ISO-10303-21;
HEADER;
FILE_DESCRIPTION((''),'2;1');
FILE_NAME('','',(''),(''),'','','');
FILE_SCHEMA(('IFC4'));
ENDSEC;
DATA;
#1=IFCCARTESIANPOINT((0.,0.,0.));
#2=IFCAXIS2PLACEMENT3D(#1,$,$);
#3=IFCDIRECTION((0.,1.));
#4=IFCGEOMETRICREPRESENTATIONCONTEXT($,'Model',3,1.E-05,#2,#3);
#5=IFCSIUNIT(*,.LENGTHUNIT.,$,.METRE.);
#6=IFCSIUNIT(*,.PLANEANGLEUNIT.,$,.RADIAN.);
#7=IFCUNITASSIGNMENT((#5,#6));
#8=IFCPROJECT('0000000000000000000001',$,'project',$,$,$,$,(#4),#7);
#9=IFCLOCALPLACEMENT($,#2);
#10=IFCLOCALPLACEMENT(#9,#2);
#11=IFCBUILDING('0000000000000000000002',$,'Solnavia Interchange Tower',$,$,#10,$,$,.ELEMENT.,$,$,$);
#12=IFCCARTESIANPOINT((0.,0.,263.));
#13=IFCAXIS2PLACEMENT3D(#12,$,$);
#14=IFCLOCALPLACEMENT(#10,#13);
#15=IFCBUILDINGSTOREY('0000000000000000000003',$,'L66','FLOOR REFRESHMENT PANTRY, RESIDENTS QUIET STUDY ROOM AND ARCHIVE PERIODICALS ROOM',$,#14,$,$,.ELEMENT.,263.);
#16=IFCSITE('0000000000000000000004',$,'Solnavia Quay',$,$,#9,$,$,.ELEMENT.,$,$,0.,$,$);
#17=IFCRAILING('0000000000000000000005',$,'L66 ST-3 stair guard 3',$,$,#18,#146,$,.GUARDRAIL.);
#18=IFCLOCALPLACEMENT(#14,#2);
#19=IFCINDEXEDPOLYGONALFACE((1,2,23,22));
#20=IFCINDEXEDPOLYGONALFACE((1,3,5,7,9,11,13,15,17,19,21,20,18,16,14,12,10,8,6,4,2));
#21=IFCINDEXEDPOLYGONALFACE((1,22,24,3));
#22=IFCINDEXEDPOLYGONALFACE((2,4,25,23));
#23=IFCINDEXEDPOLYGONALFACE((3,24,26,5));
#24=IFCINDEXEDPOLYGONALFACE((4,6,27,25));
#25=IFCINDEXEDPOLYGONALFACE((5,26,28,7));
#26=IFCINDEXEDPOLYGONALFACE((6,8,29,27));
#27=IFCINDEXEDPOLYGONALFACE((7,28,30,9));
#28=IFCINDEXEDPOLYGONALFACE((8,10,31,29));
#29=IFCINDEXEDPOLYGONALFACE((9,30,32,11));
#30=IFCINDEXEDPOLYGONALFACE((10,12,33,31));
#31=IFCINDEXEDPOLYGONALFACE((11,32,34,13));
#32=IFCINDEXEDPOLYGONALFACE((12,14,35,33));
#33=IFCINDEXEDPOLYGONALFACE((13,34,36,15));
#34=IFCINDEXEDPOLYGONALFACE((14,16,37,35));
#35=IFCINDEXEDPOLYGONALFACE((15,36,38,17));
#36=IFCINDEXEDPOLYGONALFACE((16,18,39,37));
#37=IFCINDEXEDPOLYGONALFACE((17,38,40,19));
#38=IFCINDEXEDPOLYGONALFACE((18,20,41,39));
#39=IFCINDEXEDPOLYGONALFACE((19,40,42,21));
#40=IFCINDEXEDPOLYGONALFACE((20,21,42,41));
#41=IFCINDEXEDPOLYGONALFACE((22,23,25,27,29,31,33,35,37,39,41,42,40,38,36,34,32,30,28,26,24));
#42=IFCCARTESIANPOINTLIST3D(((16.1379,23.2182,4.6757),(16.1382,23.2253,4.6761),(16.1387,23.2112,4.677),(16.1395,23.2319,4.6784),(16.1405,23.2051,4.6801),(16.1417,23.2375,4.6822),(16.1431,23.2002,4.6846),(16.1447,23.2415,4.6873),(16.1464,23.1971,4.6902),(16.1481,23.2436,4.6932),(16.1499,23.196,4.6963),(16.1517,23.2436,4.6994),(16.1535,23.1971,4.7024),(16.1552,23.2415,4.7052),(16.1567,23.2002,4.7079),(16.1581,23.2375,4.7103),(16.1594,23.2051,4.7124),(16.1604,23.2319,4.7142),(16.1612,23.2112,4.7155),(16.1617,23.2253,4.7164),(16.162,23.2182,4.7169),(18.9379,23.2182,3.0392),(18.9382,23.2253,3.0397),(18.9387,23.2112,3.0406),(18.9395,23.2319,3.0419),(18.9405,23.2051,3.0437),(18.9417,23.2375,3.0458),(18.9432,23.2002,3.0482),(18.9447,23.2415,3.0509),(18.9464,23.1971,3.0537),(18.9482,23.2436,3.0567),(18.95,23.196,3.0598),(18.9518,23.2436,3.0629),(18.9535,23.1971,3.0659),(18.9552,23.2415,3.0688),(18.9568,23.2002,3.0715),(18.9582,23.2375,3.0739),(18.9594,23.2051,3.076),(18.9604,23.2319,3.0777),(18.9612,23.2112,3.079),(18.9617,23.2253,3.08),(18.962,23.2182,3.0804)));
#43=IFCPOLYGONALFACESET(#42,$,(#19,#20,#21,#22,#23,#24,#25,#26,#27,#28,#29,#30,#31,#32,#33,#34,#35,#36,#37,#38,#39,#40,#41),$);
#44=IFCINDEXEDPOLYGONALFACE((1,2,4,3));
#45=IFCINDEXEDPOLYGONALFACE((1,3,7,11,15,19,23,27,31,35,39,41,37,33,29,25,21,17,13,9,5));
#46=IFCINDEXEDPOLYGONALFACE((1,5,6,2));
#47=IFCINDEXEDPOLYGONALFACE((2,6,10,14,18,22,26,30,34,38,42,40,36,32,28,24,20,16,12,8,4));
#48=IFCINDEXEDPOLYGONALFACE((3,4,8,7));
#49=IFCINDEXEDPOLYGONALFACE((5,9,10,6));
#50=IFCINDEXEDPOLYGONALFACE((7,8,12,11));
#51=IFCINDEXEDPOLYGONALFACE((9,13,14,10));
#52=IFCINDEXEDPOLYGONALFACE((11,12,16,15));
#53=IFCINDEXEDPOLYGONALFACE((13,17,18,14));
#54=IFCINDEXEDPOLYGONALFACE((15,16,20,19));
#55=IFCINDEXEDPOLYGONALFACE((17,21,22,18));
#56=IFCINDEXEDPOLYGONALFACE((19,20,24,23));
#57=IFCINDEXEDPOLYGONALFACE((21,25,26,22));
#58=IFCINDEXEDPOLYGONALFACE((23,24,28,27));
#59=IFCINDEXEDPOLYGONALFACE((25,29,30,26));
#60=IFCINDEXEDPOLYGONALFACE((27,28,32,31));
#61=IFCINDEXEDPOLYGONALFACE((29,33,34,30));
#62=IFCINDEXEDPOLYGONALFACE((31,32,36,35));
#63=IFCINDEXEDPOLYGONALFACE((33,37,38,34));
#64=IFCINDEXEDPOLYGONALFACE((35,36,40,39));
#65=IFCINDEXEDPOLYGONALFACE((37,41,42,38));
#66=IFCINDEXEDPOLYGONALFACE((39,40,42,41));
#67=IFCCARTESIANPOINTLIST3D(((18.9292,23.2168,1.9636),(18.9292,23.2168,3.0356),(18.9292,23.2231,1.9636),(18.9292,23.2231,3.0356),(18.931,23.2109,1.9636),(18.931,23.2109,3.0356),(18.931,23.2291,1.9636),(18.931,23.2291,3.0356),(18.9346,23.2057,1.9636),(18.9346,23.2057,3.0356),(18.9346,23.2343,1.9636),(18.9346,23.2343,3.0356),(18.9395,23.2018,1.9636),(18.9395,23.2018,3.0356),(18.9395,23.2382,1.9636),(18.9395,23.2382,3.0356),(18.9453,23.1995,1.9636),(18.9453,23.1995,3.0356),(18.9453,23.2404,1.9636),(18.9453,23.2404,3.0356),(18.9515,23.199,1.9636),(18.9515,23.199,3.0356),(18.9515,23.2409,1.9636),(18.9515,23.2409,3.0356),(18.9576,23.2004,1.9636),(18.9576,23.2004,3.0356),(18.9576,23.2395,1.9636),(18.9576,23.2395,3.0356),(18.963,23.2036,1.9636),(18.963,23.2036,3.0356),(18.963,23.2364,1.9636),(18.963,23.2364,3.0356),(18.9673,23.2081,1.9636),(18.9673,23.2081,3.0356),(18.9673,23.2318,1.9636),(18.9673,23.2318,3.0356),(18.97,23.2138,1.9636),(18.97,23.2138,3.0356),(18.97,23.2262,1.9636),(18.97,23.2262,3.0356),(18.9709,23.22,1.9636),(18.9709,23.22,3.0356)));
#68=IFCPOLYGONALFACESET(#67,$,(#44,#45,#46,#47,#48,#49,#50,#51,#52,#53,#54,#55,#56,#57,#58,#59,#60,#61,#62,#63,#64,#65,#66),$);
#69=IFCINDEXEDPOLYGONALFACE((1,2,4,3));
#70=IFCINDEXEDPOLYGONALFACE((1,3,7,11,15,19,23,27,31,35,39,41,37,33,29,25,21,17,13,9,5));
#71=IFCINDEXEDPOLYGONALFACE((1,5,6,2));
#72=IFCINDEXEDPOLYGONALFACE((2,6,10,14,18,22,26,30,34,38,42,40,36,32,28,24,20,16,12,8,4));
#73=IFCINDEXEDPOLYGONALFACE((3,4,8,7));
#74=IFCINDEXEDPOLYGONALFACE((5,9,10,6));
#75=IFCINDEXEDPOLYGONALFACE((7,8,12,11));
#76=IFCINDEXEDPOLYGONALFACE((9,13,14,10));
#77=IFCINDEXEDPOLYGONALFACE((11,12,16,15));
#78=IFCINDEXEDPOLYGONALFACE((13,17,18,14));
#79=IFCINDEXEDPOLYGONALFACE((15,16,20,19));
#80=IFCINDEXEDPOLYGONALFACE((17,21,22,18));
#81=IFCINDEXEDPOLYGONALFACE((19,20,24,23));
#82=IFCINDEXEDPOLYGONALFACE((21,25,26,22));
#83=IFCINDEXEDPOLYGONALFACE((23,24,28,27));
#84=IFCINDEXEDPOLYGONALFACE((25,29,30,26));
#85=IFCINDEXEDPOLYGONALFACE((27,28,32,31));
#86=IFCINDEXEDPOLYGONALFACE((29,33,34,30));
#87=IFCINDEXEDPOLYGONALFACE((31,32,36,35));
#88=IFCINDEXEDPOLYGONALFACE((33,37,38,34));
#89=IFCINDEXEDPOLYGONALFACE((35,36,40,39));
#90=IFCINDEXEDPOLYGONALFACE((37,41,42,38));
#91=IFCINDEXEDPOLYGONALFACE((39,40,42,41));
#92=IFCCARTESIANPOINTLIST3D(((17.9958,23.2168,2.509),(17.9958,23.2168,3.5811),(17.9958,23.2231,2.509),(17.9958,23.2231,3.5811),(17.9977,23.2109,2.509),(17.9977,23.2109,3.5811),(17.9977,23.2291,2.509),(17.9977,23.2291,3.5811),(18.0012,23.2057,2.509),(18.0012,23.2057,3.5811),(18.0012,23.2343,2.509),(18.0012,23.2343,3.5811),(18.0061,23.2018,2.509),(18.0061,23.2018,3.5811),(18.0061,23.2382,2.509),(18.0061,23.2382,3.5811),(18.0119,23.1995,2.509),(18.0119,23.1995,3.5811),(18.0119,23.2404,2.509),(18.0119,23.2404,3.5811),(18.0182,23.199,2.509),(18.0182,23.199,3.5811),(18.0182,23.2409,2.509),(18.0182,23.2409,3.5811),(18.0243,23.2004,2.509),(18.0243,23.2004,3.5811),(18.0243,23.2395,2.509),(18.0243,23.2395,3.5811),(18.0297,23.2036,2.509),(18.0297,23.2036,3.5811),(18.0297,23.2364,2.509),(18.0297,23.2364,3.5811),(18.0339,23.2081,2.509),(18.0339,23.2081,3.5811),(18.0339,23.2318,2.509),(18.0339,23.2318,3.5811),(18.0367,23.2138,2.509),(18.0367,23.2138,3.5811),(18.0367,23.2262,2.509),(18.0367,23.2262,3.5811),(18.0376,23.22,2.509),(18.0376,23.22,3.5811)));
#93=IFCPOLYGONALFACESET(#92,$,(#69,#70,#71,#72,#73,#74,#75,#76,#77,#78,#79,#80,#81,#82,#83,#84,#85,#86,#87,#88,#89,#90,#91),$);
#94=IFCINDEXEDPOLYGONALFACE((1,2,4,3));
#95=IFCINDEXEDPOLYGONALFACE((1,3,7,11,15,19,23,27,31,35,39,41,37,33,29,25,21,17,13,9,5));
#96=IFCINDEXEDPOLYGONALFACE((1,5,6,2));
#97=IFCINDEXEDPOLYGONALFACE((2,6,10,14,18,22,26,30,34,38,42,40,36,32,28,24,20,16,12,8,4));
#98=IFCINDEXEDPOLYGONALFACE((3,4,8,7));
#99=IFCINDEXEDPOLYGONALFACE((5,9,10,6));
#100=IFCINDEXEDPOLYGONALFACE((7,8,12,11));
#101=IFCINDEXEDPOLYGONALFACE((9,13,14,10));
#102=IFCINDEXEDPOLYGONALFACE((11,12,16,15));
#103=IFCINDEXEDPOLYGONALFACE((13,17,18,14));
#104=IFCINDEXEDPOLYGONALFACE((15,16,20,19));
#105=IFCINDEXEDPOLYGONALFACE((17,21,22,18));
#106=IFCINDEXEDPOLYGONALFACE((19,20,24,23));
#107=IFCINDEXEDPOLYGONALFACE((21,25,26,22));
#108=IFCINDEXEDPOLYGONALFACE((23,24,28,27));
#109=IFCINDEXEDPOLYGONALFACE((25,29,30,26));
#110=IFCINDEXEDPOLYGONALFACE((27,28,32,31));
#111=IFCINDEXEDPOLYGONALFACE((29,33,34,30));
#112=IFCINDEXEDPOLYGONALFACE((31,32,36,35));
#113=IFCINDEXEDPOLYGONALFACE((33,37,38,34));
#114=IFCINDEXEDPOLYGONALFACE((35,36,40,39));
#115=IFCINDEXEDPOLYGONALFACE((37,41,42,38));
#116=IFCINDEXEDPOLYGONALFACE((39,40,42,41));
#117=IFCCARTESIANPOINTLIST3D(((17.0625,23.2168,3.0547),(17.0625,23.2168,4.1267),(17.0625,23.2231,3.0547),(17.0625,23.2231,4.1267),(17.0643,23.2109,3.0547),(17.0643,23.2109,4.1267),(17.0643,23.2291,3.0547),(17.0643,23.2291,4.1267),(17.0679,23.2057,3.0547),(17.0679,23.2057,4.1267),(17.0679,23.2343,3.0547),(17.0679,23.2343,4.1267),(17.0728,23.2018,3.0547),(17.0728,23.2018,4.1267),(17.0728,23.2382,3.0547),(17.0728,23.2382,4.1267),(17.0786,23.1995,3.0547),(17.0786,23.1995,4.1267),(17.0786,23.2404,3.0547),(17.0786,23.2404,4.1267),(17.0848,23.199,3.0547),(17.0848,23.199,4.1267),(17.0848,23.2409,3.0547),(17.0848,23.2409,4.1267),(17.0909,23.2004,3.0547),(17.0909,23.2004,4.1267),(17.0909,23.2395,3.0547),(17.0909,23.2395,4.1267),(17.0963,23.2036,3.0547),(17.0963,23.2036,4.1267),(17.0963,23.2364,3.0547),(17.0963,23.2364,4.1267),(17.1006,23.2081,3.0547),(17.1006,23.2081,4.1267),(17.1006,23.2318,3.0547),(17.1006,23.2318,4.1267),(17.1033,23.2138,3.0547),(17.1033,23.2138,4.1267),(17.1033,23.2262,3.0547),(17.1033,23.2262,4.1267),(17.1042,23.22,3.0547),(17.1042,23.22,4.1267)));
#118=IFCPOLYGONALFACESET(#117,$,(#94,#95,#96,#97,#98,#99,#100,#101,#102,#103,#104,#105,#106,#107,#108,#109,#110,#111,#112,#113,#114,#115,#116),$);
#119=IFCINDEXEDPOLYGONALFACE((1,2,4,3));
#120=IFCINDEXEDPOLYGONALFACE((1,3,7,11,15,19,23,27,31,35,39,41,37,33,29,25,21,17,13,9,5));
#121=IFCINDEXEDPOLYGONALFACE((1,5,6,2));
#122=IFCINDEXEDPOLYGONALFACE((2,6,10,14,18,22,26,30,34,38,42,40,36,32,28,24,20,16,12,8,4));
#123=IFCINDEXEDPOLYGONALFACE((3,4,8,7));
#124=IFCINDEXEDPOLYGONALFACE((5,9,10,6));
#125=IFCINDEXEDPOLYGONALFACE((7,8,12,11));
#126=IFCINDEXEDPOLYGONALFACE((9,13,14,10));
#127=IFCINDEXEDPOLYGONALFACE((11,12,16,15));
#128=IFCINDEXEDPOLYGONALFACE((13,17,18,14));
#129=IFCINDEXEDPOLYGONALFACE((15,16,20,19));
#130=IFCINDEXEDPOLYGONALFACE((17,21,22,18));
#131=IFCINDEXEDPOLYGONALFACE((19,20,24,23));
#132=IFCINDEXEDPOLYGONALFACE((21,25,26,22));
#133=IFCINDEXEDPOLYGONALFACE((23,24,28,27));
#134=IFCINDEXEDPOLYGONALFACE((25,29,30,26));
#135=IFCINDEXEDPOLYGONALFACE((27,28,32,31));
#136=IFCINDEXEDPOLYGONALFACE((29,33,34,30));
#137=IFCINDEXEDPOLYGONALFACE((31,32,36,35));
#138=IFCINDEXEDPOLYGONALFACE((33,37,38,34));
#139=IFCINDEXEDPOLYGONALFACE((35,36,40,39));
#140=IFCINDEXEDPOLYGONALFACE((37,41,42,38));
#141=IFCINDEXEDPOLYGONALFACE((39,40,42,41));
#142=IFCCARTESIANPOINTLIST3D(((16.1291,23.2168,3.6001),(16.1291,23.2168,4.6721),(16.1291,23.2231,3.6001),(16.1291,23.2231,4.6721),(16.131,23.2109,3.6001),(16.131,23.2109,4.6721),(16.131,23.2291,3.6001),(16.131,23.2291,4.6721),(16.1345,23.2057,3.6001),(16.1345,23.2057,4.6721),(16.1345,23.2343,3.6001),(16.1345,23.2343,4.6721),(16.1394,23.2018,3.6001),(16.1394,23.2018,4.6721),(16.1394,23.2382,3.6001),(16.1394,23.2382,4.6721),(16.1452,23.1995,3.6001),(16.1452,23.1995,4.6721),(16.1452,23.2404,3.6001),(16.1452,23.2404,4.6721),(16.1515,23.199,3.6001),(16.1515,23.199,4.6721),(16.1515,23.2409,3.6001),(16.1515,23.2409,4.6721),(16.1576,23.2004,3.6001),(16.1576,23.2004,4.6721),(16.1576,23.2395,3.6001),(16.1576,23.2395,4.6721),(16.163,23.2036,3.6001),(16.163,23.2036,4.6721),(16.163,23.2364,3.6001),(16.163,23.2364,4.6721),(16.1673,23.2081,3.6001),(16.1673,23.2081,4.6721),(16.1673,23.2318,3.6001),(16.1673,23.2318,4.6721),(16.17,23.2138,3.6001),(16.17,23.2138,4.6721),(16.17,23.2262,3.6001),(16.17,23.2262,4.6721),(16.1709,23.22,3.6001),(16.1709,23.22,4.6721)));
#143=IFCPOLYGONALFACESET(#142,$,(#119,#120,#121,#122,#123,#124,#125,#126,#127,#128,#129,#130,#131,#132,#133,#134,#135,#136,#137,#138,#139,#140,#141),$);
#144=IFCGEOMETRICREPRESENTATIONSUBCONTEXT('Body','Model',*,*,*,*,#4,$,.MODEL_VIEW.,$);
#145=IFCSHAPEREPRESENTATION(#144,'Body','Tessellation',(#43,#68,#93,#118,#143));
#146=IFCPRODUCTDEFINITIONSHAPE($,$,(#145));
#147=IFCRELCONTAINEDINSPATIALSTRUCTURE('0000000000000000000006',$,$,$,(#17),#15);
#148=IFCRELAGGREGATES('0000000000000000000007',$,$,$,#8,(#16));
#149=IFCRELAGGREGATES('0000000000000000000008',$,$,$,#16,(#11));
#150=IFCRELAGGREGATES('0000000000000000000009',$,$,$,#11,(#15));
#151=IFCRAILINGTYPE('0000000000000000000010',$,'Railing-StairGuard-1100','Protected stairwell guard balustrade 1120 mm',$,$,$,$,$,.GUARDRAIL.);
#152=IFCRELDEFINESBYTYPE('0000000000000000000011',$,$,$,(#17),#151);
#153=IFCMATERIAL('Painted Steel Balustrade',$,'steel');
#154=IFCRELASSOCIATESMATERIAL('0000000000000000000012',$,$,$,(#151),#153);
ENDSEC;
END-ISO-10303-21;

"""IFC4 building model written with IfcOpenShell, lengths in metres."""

from ifc_helpers import new_model, si_unit, direction, frame, origin, origin_2d, place, context, subcontext, project, spatial, circle, extrude, material, type_object, element, save


model = new_model("IFC4")

# Units and contexts
model_context = context("Model", 3, precision=1e-05, world=origin(), true_north=direction((0.0, 1.0)))
body_context = subcontext(model_context, "Body", "Model", "MODEL_VIEW")
ifc_project = project(units=[si_unit("LENGTHUNIT", "METRE"), si_unit("PLANEANGLEUNIT", "RADIAN")], contexts=[model_context])

# Site, building, storey
site_placement = place(None, origin())
site = spatial("IfcSite", under=ifc_project, at=site_placement, Name="Solnavia Quay", CompositionType="ELEMENT", RefElevation=0.0)
building_placement = place(site_placement, origin())
building = spatial("IfcBuilding", under=site, at=building_placement, Name="Solnavia Interchange Tower", CompositionType="ELEMENT")
storey_placement = place(building_placement, frame((0.0, 0.0, 263.0)))
storey = spatial("IfcBuildingStorey", under=building, at=storey_placement, Name="L66", Description="FLOOR REFRESHMENT PANTRY, RESIDENTS QUIET STUDY ROOM AND ARCHIVE PERIODICALS ROOM", CompositionType="ELEMENT", Elevation=263.0)

# Railing
ifc_material_1 = material(Name="Painted Steel Balustrade", Category="steel")
railing_type = type_object("IfcRailingType", Name="Railing-StairGuard-1100", Description="Protected stairwell guard balustrade 1120 mm", PredefinedType="GUARDRAIL", material=ifc_material_1)
railing_1_placement = place(storey_placement, frame((18.95, 23.22, 1.9636)))
element("IfcRailing", 1, at=railing_1_placement, inside=storey, type_object=railing_type, Name="L66 ST-3 stair guard 3", PredefinedType="GUARDRAIL", context=body_context, shape_type="SweptSolid", body=[
    extrude(circle(Radius=0.0239, at=origin_2d()), frame((0.0, 0.0, 1.0962), z_axis=(-0.863361, 0.0, 0.504587), x_axis=(0.0, -1.0, 0.0)), (0.0, 0.0, 1.0), 3.2432),
    extrude(circle(Radius=0.021, at=origin_2d()), origin(), (0.0, 0.0, 1.0), 1.072),
    extrude(circle(Radius=0.021, at=origin_2d()), frame((-0.9333, 0.0, 0.5454)), (0.0, 0.0, 1.0), 1.072),
    extrude(circle(Radius=0.021, at=origin_2d()), frame((-1.8667, 0.0, 1.0911)), (0.0, 0.0, 1.0), 1.072),
    extrude(circle(Radius=0.021, at=origin_2d()), frame((-2.8, 0.0, 1.6365)), (0.0, 0.0, 1.0), 1.072),
])

save(model, "model.ifc")
